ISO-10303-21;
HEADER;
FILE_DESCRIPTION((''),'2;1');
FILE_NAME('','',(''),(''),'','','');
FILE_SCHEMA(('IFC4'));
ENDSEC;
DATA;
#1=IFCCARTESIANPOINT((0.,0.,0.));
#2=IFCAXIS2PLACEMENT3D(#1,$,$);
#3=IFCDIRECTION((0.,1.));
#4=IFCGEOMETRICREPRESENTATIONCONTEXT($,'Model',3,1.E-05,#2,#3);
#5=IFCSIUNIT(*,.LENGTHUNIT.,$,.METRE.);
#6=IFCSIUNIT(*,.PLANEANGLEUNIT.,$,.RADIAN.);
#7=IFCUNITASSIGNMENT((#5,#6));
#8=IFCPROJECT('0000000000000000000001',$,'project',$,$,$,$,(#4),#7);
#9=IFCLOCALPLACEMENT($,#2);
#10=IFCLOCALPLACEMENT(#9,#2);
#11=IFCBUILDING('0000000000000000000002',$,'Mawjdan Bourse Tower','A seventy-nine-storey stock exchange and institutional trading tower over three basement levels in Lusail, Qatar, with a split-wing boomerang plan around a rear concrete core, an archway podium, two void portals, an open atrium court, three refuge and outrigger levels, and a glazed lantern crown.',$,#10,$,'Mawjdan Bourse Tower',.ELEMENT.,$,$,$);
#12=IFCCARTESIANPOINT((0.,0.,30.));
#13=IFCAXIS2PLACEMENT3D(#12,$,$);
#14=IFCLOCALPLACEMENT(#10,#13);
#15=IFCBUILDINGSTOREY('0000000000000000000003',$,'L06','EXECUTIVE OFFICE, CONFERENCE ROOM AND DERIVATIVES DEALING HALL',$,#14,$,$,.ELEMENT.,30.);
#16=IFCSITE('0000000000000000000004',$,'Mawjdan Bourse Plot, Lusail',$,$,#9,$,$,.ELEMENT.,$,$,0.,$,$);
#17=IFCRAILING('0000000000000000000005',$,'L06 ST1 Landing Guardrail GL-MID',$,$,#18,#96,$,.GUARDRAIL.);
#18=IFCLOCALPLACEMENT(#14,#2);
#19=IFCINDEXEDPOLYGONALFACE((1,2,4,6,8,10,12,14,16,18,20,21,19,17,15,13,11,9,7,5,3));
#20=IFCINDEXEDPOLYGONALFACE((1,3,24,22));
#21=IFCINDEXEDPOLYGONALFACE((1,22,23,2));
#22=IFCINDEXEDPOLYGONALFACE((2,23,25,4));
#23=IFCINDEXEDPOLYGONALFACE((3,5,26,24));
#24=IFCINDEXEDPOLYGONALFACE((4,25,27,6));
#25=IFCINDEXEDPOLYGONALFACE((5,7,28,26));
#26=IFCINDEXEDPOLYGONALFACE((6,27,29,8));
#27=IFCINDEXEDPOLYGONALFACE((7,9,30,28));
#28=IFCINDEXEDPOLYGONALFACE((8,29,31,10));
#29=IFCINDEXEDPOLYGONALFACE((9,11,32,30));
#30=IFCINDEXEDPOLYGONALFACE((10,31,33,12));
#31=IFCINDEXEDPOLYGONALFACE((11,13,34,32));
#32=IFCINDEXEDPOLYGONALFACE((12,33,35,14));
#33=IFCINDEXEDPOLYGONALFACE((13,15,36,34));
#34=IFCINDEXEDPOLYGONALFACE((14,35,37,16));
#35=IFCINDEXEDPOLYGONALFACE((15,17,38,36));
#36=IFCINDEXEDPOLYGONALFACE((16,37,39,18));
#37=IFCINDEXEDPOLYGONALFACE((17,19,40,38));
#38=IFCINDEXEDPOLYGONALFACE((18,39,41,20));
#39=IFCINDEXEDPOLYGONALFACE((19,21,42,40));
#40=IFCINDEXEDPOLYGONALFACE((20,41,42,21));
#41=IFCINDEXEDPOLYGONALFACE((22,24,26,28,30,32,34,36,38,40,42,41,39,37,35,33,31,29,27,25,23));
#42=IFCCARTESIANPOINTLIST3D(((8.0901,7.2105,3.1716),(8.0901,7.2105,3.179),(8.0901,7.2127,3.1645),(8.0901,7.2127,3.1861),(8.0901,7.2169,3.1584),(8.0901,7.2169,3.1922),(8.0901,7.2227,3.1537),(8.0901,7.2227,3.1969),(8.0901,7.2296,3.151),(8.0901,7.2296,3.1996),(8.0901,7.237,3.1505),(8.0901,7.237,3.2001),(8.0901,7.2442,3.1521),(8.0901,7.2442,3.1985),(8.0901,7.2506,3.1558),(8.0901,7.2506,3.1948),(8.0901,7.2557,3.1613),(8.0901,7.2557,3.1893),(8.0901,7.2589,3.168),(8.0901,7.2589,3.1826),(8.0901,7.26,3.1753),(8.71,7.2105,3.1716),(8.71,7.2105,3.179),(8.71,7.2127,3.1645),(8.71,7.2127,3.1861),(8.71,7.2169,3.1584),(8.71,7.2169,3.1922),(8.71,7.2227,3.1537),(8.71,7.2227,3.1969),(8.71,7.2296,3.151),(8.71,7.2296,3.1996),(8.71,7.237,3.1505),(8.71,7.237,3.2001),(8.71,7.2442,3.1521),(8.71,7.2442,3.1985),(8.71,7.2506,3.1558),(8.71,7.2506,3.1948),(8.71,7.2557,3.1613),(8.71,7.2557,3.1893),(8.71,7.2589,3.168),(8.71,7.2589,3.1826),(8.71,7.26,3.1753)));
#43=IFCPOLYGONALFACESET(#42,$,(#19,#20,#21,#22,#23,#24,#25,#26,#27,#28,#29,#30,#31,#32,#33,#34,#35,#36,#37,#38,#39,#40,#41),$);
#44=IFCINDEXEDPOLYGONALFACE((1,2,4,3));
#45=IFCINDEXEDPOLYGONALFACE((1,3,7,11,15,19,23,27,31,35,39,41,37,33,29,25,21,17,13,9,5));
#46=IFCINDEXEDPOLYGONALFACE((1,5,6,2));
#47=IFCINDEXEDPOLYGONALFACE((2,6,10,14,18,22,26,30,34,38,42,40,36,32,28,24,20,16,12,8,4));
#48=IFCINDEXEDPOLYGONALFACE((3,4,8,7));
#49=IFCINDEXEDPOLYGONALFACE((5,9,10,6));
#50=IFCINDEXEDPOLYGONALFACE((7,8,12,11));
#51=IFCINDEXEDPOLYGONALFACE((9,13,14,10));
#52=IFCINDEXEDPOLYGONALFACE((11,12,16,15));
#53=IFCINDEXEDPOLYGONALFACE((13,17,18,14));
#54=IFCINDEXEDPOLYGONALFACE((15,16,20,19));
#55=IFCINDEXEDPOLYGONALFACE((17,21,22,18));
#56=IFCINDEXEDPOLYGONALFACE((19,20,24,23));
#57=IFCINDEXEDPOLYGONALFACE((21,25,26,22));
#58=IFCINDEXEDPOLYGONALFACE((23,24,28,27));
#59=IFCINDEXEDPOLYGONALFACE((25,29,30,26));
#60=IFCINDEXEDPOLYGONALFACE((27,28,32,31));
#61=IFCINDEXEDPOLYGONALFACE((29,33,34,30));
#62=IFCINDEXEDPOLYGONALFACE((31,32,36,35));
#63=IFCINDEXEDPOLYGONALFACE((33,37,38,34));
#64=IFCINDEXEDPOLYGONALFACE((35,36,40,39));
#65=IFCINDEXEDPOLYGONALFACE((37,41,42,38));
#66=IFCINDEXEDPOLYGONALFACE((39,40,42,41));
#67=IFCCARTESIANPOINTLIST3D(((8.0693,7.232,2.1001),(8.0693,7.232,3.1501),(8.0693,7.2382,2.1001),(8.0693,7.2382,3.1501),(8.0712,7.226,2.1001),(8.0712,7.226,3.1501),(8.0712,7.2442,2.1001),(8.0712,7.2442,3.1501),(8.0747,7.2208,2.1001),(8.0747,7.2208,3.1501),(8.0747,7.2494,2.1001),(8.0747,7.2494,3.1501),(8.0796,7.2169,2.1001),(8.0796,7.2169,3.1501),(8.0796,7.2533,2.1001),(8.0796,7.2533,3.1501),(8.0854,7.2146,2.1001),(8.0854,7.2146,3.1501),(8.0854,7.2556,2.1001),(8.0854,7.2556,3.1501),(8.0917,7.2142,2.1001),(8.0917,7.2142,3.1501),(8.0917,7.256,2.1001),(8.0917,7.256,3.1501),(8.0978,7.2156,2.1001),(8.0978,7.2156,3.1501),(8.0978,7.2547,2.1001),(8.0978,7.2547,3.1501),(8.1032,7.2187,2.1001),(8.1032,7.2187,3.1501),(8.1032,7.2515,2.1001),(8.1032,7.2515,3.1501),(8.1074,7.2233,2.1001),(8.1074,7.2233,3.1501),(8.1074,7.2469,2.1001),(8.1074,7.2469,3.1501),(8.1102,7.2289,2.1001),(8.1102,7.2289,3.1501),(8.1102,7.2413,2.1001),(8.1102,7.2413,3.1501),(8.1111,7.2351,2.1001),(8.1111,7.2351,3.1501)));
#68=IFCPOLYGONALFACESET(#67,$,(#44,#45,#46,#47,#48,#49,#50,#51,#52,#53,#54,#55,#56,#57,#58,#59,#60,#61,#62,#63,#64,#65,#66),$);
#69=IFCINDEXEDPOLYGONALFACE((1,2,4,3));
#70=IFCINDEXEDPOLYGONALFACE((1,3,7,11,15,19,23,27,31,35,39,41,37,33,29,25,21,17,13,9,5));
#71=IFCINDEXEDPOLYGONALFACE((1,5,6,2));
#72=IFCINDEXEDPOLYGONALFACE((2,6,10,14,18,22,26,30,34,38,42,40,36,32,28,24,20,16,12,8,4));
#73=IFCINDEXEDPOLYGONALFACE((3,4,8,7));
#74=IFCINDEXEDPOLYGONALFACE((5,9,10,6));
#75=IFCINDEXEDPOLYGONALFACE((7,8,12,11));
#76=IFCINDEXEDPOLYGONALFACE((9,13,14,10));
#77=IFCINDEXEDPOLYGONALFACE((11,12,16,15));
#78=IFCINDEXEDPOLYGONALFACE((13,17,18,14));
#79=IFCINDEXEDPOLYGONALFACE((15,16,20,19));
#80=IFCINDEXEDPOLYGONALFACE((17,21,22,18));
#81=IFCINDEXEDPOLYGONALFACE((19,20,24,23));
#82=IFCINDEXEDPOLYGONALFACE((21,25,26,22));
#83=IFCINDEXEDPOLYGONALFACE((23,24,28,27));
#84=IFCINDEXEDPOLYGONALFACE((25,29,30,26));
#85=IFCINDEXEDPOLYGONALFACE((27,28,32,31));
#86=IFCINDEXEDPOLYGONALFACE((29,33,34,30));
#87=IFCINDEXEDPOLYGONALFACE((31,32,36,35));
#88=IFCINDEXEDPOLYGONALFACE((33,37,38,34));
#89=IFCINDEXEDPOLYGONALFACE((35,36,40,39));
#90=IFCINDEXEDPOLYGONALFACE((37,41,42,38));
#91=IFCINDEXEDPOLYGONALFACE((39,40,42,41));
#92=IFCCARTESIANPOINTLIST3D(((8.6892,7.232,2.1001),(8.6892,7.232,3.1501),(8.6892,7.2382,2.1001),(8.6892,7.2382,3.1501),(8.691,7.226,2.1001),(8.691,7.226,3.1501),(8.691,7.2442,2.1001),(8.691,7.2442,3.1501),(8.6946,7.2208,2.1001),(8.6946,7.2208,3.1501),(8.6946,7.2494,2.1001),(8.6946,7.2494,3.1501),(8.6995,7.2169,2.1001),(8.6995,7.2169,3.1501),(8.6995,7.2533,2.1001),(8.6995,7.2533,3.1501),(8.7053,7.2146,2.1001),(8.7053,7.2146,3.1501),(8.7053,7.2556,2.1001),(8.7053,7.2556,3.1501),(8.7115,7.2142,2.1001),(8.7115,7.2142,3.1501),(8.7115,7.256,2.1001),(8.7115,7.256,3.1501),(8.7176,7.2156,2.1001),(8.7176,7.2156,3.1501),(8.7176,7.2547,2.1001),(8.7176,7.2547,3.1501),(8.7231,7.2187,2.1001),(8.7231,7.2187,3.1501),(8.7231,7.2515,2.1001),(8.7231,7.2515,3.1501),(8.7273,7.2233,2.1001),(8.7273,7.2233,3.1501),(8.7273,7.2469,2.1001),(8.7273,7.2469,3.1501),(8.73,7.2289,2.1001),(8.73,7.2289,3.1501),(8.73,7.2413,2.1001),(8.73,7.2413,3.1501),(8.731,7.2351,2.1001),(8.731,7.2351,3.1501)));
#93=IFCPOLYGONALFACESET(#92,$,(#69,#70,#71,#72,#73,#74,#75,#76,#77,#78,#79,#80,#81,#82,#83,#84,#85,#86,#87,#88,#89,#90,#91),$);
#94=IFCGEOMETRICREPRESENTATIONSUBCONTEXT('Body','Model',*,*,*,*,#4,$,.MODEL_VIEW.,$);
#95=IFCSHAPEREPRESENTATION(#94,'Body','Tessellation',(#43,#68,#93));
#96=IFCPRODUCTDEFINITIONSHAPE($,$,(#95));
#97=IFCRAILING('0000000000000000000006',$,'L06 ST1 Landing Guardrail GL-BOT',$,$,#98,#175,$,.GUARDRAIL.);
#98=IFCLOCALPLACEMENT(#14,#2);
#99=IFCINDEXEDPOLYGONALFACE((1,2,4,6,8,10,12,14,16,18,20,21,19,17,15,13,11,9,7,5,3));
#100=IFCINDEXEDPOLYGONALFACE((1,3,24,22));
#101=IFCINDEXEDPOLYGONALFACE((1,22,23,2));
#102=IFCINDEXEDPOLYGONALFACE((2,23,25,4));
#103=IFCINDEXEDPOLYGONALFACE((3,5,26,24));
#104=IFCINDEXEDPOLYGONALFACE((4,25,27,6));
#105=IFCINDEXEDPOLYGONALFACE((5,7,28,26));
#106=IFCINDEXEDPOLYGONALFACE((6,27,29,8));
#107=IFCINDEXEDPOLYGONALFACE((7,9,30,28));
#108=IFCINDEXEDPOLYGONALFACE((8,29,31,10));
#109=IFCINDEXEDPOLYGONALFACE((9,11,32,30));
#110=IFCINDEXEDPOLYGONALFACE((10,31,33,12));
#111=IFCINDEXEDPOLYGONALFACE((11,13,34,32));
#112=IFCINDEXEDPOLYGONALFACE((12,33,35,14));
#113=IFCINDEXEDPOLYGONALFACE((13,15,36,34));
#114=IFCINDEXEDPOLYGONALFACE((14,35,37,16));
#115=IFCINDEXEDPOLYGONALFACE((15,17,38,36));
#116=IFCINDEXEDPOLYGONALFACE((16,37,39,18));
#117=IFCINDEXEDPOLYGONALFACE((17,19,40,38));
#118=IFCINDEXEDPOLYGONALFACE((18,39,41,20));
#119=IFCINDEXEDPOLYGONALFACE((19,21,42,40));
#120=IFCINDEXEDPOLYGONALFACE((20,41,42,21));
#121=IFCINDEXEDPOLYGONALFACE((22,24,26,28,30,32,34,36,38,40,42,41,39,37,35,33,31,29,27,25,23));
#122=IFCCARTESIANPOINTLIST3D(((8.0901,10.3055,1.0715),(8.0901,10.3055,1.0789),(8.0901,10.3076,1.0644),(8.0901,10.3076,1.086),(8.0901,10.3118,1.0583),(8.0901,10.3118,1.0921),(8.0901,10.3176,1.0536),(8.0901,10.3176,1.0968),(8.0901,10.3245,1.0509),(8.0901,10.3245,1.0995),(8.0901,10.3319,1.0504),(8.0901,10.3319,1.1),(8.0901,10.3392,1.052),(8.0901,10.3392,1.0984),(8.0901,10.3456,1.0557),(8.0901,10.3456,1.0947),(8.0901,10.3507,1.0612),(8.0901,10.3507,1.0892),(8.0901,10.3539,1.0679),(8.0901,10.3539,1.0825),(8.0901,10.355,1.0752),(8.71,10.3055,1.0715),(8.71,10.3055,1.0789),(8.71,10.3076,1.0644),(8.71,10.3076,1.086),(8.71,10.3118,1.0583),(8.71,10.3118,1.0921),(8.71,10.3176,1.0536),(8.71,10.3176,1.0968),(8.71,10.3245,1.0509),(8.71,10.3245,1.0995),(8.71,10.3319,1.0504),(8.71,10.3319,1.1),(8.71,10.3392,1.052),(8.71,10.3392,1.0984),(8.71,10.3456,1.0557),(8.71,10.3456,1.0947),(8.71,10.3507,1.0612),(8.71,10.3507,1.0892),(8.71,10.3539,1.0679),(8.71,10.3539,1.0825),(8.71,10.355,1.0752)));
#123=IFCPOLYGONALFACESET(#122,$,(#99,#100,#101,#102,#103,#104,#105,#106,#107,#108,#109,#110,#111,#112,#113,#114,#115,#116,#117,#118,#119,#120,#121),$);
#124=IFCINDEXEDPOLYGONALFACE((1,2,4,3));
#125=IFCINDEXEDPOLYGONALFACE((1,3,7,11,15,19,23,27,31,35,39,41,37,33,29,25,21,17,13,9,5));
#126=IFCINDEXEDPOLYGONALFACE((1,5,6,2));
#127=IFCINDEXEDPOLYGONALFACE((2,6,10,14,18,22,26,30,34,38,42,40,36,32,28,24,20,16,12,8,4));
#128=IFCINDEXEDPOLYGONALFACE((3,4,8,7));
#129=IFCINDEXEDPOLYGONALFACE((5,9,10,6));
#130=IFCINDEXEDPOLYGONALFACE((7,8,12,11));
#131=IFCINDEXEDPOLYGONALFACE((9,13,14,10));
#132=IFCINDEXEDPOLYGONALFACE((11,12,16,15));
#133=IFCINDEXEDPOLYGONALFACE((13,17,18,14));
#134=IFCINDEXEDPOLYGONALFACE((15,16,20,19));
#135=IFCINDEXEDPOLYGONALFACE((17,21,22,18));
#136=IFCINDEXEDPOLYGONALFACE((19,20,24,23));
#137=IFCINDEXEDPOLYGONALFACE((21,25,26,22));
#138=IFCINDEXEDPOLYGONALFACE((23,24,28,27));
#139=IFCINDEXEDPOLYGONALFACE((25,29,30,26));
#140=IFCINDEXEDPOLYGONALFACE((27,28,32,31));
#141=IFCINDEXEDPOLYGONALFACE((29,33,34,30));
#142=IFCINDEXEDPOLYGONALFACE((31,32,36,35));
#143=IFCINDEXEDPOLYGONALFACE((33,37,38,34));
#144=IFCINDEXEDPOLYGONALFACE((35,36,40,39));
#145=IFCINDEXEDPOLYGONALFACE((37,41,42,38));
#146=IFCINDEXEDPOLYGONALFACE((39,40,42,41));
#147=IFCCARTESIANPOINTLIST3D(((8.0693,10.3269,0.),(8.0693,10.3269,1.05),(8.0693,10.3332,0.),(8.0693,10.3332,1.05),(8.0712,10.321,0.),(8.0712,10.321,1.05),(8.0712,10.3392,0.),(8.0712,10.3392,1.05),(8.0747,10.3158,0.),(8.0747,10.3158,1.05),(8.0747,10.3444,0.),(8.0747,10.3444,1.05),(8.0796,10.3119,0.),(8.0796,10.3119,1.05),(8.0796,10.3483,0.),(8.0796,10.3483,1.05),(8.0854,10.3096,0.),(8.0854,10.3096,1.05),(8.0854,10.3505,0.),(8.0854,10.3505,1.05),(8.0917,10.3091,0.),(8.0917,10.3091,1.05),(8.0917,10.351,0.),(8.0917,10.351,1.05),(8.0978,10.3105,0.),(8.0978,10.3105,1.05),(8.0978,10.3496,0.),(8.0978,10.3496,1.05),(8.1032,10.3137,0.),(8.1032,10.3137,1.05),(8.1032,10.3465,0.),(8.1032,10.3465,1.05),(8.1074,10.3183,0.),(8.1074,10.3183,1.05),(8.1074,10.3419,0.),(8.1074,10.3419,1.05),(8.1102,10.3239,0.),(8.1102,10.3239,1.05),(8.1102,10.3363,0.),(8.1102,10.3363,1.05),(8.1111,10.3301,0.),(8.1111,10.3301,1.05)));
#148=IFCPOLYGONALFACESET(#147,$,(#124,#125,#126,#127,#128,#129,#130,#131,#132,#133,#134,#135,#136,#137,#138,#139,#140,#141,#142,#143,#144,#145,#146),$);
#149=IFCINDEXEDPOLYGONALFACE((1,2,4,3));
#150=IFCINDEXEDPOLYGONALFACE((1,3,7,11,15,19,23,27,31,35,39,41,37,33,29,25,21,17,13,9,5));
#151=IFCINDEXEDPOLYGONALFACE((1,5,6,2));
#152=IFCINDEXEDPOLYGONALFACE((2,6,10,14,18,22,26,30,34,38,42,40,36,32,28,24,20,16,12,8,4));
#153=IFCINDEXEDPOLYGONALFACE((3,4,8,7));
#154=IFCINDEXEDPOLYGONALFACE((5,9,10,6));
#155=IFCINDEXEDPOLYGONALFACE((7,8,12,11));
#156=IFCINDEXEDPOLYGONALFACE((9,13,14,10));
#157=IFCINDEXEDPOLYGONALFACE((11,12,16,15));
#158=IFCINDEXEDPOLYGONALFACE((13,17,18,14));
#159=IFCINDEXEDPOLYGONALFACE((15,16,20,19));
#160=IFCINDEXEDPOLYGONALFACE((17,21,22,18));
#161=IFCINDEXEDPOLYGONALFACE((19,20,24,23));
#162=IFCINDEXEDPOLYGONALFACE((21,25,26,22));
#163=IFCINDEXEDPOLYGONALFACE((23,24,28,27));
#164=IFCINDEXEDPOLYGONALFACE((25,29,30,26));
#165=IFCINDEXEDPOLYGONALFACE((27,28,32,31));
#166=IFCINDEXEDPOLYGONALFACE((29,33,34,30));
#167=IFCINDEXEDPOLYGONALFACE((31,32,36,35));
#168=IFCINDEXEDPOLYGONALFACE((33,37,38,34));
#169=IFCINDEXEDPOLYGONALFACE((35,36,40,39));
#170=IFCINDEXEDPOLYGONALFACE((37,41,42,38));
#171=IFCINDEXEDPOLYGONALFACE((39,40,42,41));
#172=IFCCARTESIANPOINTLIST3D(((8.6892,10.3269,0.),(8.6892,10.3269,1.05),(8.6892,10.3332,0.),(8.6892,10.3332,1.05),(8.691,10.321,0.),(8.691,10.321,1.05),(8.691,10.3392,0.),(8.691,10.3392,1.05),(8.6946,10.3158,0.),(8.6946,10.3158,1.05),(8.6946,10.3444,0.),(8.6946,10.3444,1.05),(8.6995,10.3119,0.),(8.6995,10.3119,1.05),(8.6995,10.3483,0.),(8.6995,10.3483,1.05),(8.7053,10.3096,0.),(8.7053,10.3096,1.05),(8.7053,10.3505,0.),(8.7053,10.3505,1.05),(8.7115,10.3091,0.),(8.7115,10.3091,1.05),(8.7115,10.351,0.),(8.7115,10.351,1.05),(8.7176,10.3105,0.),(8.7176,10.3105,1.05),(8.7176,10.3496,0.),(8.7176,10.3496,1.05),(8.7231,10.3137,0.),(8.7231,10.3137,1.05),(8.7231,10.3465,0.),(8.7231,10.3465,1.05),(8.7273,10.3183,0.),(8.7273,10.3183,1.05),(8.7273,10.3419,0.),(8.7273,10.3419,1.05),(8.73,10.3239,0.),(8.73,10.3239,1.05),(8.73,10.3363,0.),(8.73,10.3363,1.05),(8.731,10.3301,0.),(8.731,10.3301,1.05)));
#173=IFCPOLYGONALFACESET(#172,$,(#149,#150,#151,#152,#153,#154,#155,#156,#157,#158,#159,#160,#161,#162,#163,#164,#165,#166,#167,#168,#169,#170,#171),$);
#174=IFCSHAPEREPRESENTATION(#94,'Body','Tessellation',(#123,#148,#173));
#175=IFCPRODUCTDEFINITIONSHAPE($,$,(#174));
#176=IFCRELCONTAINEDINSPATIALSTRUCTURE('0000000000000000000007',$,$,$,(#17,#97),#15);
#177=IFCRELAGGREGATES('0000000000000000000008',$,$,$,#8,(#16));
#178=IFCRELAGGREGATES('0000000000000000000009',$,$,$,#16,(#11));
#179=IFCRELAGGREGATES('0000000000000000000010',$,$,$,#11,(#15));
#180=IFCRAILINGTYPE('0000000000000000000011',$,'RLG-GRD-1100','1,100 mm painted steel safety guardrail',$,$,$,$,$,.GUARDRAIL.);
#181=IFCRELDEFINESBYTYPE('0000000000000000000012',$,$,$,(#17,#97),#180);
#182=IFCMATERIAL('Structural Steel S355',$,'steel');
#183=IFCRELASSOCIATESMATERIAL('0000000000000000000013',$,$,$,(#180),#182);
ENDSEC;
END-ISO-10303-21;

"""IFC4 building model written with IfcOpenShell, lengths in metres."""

from ifc_helpers import new_model, si_unit, direction, frame, origin, origin_2d, place, context, subcontext, project, spatial, circle, extrude, material, type_object, element, save


model = new_model("IFC4")

# Units and contexts
model_context = context("Model", 3, precision=1e-05, world=origin(), true_north=direction((0.0, 1.0)))
body_context = subcontext(model_context, "Body", "Model", "MODEL_VIEW")
ifc_project = project(units=[si_unit("LENGTHUNIT", "METRE"), si_unit("PLANEANGLEUNIT", "RADIAN")], contexts=[model_context])

# Site, building, storey
site_placement = place(None, origin())
site = spatial("IfcSite", under=ifc_project, at=site_placement, Name="Mawjdan Bourse Plot, Lusail", CompositionType="ELEMENT", RefElevation=0.0)
building_placement = place(site_placement, origin())
building = spatial("IfcBuilding", under=site, at=building_placement, Name="Mawjdan Bourse Tower", Description="A seventy-nine-storey stock exchange and institutional trading tower over three basement levels in Lusail, Qatar, with a split-wing boomerang plan around a rear concrete core, an archway podium, two void portals, an open atrium court, three refuge and outrigger levels, and a glazed lantern crown.", LongName="Mawjdan Bourse Tower", CompositionType="ELEMENT")
storey_placement = place(building_placement, frame((0.0, 0.0, 30.0)))
storey = spatial("IfcBuildingStorey", under=building, at=storey_placement, Name="L06", Description="EXECUTIVE OFFICE, CONFERENCE ROOM AND DERIVATIVES DEALING HALL", CompositionType="ELEMENT", Elevation=30.0)

# Railings
ifc_material_1 = material(Name="Structural Steel S355", Category="steel")
railing_type_1 = type_object("IfcRailingType", Name="RLG-GRD-1100", Description="1,100 mm painted steel safety guardrail", PredefinedType="GUARDRAIL", material=ifc_material_1)
for number, where, name in (
    (1, (8.0901, 7.2351, 2.1001), "L06 ST1 Landing Guardrail GL-MID"),
    (2, (8.0901, 10.3301, 0.0), "L06 ST1 Landing Guardrail GL-BOT"),
):
    element("IfcRailing", number, at=place(storey_placement, frame(where)), inside=storey, type_object=railing_type_1, Name=name, PredefinedType="GUARDRAIL", context=body_context, shape_type="SweptSolid", body=[
        extrude(circle(Radius=0.0249, at=origin_2d()), frame((0.0, 0.0, 1.0752), z_axis=(1.0, 0.0, 0.0), x_axis=(0.0, 1.0, 0.0)), (0.0, 0.0, 1.0), 0.6199),
        extrude(circle(Radius=0.021, at=origin_2d()), origin(), (0.0, 0.0, 1.0), 1.05),
        extrude(circle(Radius=0.021, at=origin_2d()), frame((0.6199, 0.0, 0.0)), (0.0, 0.0, 1.0), 1.05),
    ])

save(model, "model.ifc")
